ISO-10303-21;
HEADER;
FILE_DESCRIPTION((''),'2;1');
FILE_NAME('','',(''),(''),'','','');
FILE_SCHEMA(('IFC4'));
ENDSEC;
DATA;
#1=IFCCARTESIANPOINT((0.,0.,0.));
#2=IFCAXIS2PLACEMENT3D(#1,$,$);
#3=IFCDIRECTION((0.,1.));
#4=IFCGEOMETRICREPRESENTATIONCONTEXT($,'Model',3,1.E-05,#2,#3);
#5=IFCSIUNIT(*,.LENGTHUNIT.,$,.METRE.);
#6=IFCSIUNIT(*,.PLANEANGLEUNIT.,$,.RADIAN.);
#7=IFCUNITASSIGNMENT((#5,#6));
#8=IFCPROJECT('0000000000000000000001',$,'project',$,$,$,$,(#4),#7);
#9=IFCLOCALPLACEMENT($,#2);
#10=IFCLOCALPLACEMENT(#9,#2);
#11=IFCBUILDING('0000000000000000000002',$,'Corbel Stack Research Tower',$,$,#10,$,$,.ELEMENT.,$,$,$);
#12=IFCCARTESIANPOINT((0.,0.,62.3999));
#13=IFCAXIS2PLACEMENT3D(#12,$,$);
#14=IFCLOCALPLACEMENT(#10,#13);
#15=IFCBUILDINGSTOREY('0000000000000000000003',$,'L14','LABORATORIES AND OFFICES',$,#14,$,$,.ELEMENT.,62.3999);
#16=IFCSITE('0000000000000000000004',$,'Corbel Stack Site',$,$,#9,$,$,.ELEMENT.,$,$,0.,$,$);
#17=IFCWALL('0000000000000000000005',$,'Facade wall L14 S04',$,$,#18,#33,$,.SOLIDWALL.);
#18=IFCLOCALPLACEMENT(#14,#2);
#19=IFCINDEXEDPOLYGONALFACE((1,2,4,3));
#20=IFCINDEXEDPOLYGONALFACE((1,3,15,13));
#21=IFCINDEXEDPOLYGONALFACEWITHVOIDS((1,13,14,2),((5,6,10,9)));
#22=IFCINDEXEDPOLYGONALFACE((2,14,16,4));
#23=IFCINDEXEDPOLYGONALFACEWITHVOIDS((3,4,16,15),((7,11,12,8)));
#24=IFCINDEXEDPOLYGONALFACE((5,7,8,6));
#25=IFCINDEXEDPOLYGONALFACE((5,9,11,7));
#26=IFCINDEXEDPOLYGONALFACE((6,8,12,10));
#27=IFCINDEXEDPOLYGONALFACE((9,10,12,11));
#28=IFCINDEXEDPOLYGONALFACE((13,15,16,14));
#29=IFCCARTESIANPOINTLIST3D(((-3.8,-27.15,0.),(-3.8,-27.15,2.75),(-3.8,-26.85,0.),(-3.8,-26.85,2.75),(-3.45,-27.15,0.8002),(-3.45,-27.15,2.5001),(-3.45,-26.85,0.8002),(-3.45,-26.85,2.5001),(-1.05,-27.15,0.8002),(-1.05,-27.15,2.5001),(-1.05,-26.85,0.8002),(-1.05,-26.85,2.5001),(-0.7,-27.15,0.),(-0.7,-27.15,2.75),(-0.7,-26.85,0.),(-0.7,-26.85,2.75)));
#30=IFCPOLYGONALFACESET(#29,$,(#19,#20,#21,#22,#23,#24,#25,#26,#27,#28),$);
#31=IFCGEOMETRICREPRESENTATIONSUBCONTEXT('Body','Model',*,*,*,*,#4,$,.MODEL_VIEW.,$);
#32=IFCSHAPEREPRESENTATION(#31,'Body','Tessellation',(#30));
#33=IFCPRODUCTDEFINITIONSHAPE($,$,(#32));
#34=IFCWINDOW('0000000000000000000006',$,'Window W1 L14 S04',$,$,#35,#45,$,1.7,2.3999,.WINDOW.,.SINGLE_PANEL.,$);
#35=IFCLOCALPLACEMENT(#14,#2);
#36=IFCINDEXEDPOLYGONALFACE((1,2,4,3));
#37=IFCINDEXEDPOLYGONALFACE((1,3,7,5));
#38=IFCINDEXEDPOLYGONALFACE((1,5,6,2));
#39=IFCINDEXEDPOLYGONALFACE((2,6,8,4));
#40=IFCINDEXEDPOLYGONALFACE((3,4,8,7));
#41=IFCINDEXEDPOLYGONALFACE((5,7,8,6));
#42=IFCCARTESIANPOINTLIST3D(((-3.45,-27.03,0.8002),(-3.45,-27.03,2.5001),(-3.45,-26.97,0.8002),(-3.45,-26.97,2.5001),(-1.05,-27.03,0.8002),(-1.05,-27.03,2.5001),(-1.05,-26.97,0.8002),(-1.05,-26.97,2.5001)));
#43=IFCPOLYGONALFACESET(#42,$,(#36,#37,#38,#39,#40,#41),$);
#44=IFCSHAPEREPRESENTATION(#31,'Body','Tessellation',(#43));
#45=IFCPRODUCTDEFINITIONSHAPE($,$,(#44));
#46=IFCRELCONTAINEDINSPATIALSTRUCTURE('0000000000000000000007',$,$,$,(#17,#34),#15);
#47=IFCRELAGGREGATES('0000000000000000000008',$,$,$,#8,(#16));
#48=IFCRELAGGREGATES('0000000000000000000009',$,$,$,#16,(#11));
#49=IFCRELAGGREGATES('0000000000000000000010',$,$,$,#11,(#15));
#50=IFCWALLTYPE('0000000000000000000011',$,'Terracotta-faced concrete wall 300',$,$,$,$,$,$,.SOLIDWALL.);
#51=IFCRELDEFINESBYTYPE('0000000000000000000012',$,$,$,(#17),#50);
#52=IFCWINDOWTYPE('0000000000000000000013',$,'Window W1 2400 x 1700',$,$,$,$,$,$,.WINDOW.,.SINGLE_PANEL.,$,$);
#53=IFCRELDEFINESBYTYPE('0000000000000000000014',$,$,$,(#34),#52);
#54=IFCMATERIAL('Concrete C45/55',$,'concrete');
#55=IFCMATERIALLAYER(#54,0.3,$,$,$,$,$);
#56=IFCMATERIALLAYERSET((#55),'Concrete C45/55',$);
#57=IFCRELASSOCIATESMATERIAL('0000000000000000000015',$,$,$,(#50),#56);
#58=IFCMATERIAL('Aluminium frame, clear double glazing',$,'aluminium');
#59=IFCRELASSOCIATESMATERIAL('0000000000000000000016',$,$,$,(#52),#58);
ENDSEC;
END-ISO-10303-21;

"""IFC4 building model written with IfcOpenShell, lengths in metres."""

from ifc_helpers import new_model, si_unit, direction, frame, frame_2d, origin, place, context, subcontext, project, spatial, rectangle, extrude, material, layer, layer_set, type_object, element, fill, save


model = new_model("IFC4")

# Units and contexts
model_context = context("Model", 3, precision=1e-05, world=origin(), true_north=direction((0.0, 1.0)))
body_context = subcontext(model_context, "Body", "Model", "MODEL_VIEW")
ifc_project = project(units=[si_unit("LENGTHUNIT", "METRE"), si_unit("PLANEANGLEUNIT", "RADIAN")], contexts=[model_context])

# Site, building, storey
site_placement = place(None, origin())
site = spatial("IfcSite", under=ifc_project, at=site_placement, Name="Corbel Stack Site", CompositionType="ELEMENT", RefElevation=0.0)
building_placement = place(site_placement, origin())
building = spatial("IfcBuilding", under=site, at=building_placement, Name="Corbel Stack Research Tower", CompositionType="ELEMENT")
storey_placement = place(building_placement, frame((0.0, 0.0, 62.3999)))
storey = spatial("IfcBuildingStorey", under=building, at=storey_placement, Name="L14", Description="LABORATORIES AND OFFICES", CompositionType="ELEMENT", Elevation=62.3999)

# Shared definitions
ifc_material_1 = material(Name="Concrete C45/55", Category="concrete")
ifc_layer_1 = layer(ifc_material_1, 0.3)
ifc_layer_set_1 = layer_set([ifc_layer_1], Name="Concrete C45/55")
wall_type_1 = type_object("IfcWallType", Name="Terracotta-faced concrete wall 300", PredefinedType="SOLIDWALL", material=ifc_layer_set_1)
ifc_material_2 = material(Name="Aluminium frame, clear double glazing", Category="aluminium")
window_type = type_object("IfcWindowType", Name="Window W1 2400 x 1700", PartitioningType="SINGLE_PANEL", PredefinedType="WINDOW", material=ifc_material_2)

# Wall, opening, window
wall_1_placement = place(storey_placement, frame((-0.7, -27.0, 0.0), z_axis=(0.0, 0.0, 1.0), x_axis=(-1.0, 0.0, 0.0)))
wall_1 = element("IfcWall", 1, at=wall_1_placement, inside=storey, type_object=wall_type_1, Name="Facade wall L14 S04", PredefinedType="SOLIDWALL", context=body_context, shape_type="SweptSolid", body=[
    extrude(rectangle(XDim=3.1001, YDim=0.3, at=frame_2d((1.55, 0.0))), origin(), (0.0, 0.0, 1.0), 2.75),
])
opening_1_placement = place(wall_1_placement, frame((0.3501, 0.0, 0.8)))
opening_1 = element("IfcOpeningElement", 2, at=opening_1_placement, cuts=wall_1, PredefinedType="OPENING", context=body_context, shape_type="SweptSolid", body=[
    extrude(rectangle(XDim=2.3999, YDim=1.7, at=frame_2d((1.2, 0.8501))), frame((0.0, 0.1599, 0.0), z_axis=(0.0, -1.0, 0.0), x_axis=(1.0, 0.0, 0.0)), (0.0, 0.0, 1.0), 0.3201),
])
window_1_placement = place(opening_1_placement, origin())
window_1 = element("IfcWindow", 3, at=window_1_placement, inside=storey, type_object=window_type, Name="Window W1 L14 S04", OverallHeight=1.7, OverallWidth=2.3999, PartitioningType="SINGLE_PANEL", PredefinedType="WINDOW", context=body_context, shape_type="SweptSolid", body=[
    extrude(rectangle(XDim=2.3999, YDim=1.7, at=frame_2d((1.2, 0.8501))), frame((0.0, 0.03, 0.0), z_axis=(0.0, -1.0, 0.0), x_axis=(1.0, 0.0, 0.0)), (0.0, 0.0, 1.0), 0.0601),
])
fill(opening_1, window_1)

save(model, "model.ifc")
